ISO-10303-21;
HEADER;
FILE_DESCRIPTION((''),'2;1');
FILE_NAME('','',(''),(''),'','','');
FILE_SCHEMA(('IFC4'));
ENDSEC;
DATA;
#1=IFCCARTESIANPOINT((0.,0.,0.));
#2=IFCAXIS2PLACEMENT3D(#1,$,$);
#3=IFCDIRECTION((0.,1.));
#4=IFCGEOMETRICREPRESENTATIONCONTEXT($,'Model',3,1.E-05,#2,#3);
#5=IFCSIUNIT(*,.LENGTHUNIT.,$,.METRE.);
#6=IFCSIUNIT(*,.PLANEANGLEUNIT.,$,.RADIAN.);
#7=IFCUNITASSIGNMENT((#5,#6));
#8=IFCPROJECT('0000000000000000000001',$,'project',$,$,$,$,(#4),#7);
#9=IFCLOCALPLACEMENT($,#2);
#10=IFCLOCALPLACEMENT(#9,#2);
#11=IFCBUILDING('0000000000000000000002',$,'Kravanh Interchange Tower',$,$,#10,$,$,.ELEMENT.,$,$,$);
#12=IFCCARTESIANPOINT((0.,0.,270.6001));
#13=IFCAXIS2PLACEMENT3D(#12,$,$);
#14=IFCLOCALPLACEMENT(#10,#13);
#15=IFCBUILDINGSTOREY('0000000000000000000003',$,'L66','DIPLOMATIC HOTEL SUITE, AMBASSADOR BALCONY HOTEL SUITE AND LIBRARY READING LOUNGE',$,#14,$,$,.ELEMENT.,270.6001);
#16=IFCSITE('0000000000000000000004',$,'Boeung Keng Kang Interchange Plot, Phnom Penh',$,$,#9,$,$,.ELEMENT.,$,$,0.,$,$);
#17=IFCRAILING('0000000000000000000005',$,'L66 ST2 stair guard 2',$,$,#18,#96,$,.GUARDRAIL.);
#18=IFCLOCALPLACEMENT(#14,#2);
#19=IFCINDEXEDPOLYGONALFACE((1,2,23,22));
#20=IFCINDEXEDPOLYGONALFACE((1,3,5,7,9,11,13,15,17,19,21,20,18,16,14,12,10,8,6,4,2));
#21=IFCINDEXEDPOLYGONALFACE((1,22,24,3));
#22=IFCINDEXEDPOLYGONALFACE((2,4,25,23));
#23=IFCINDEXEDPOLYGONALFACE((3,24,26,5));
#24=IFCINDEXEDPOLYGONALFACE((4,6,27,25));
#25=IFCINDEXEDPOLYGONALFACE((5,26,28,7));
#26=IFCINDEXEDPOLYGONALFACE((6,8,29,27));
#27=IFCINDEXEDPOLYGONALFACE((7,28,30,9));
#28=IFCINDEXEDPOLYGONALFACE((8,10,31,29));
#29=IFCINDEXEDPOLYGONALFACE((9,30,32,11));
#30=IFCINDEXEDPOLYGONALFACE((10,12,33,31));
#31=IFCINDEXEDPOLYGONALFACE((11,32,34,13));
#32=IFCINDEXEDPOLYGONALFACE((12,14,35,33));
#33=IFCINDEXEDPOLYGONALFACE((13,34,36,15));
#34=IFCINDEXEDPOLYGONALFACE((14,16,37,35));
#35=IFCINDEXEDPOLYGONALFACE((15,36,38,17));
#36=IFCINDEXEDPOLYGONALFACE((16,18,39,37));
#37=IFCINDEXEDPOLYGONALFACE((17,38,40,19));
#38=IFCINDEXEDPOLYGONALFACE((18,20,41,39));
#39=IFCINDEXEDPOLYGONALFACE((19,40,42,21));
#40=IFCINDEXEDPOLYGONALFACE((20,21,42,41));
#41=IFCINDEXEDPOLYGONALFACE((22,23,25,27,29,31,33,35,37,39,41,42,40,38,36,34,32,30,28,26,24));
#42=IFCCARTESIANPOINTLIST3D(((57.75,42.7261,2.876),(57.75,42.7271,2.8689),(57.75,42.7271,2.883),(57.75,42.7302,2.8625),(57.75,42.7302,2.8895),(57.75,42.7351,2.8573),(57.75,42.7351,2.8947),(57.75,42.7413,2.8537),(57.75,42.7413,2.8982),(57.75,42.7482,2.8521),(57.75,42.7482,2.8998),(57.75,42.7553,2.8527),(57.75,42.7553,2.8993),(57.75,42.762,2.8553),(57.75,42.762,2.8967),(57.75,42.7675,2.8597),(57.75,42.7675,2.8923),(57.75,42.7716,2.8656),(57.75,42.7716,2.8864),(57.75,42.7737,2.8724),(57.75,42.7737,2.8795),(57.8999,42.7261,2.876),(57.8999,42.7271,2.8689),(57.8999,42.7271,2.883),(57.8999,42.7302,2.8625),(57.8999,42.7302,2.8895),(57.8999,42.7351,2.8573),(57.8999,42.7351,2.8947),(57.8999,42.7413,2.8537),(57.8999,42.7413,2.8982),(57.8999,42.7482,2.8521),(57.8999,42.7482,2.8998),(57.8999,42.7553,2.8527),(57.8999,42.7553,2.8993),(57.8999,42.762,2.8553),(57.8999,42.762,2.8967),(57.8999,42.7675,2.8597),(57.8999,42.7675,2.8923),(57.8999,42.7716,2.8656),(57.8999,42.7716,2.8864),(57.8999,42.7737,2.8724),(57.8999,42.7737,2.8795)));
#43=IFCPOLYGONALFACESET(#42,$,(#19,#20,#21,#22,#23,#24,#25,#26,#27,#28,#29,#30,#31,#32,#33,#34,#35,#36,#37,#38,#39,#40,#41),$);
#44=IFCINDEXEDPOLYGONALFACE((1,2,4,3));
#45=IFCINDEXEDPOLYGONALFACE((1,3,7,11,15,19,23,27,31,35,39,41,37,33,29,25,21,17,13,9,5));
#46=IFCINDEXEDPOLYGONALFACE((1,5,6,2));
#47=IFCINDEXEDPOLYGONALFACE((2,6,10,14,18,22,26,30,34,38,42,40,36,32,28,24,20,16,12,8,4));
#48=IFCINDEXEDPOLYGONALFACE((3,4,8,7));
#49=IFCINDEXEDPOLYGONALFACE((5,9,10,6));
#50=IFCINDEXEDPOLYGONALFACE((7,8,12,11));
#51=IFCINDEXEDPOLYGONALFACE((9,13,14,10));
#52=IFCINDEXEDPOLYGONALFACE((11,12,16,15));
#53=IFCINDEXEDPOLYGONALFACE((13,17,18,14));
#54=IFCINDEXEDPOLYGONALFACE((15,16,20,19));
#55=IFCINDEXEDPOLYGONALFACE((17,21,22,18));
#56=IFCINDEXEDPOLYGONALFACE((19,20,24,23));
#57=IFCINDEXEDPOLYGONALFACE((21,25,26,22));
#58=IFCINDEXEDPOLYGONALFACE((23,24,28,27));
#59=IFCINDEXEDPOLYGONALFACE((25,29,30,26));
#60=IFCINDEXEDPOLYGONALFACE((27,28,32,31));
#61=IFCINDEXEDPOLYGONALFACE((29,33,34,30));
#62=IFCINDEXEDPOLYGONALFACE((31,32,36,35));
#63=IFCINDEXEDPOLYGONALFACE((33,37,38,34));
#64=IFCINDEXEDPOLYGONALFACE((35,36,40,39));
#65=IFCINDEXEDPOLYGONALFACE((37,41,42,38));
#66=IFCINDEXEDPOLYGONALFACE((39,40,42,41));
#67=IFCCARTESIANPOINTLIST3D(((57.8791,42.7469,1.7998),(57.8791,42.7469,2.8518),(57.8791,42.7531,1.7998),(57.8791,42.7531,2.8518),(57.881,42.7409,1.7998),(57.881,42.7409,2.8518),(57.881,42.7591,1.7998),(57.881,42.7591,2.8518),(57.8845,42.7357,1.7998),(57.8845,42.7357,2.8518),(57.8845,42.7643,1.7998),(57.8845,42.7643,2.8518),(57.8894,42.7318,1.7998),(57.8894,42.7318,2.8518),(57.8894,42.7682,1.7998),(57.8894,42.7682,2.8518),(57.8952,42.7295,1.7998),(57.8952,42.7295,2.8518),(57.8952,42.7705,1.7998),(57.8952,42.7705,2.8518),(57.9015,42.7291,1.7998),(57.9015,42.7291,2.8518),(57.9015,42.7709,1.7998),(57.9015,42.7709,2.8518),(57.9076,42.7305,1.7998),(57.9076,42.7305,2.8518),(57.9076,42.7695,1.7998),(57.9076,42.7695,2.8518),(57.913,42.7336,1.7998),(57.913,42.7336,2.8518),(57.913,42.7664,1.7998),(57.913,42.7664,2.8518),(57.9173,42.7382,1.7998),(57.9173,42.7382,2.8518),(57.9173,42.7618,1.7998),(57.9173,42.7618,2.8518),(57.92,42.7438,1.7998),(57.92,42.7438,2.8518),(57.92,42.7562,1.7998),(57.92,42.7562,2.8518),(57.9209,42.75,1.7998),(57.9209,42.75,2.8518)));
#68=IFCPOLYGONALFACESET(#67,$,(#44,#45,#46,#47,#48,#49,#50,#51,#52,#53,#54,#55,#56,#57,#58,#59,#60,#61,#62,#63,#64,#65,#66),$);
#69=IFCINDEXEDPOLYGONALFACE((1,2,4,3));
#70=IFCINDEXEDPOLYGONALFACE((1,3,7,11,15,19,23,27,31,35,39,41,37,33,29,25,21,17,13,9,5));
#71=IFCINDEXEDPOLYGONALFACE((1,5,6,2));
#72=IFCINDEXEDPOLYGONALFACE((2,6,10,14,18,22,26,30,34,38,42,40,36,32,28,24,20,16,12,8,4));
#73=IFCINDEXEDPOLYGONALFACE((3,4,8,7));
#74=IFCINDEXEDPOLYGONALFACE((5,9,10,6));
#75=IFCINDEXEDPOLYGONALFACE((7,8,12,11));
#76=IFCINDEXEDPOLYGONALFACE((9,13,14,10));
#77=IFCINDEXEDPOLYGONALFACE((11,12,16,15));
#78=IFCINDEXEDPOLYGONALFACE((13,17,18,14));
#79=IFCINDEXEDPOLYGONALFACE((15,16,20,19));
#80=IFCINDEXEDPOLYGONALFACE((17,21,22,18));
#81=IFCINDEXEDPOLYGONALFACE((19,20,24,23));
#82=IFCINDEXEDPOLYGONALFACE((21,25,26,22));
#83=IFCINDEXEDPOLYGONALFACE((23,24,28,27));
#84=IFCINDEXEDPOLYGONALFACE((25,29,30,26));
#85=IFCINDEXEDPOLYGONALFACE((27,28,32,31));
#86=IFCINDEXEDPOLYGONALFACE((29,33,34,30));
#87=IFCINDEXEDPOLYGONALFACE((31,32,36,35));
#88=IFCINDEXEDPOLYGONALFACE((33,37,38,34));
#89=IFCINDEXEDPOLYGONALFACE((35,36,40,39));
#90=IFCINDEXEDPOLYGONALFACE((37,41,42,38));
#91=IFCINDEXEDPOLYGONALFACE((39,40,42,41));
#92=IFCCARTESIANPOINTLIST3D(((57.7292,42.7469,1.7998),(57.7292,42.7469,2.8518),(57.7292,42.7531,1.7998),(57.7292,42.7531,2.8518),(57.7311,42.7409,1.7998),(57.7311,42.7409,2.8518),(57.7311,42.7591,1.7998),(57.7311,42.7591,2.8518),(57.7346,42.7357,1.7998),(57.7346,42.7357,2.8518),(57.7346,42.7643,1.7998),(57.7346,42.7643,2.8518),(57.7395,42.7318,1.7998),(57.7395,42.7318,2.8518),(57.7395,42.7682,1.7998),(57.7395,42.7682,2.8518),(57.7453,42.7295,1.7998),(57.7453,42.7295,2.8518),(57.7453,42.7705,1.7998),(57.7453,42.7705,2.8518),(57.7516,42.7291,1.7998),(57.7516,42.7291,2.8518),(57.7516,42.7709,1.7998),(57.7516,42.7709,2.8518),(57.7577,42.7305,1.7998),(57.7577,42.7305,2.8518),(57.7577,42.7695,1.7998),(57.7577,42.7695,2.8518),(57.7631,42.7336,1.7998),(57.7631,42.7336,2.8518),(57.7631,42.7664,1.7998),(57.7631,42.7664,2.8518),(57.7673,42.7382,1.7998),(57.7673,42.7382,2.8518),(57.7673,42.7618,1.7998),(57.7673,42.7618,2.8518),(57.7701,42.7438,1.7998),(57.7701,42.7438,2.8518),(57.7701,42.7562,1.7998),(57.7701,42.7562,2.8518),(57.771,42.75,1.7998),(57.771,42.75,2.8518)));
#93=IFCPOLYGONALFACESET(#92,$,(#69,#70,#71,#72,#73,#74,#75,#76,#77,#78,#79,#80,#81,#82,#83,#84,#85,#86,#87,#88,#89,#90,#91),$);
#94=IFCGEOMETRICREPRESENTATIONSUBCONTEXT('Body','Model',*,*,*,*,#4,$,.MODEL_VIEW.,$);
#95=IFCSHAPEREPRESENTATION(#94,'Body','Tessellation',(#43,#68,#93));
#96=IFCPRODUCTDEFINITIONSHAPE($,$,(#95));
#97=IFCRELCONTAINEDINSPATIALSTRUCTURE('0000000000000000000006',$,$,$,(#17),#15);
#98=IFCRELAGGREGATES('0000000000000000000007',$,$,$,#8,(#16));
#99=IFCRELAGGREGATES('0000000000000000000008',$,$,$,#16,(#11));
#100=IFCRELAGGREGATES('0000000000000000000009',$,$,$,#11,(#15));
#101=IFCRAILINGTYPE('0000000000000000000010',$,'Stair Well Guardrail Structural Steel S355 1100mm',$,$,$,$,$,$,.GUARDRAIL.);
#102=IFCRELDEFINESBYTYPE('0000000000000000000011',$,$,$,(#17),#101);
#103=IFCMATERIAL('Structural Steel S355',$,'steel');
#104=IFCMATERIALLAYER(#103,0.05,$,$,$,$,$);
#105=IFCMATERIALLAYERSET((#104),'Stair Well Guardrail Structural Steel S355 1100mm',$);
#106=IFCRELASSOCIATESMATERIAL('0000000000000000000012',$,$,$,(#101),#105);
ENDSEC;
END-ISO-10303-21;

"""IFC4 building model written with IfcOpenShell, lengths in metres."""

from ifc_helpers import new_model, si_unit, direction, frame, origin, origin_2d, place, context, subcontext, project, spatial, circle, extrude, material, layer, layer_set, type_object, element, save


model = new_model("IFC4")

# Units and contexts
model_context = context("Model", 3, precision=1e-05, world=origin(), true_north=direction((0.0, 1.0)))
body_context = subcontext(model_context, "Body", "Model", "MODEL_VIEW")
ifc_project = project(units=[si_unit("LENGTHUNIT", "METRE"), si_unit("PLANEANGLEUNIT", "RADIAN")], contexts=[model_context])

# Site, building, storey
site_placement = place(None, origin())
site = spatial("IfcSite", under=ifc_project, at=site_placement, Name="Boeung Keng Kang Interchange Plot, Phnom Penh", CompositionType="ELEMENT", RefElevation=0.0)
building_placement = place(site_placement, origin())
building = spatial("IfcBuilding", under=site, at=building_placement, Name="Kravanh Interchange Tower", CompositionType="ELEMENT")
storey_placement = place(building_placement, frame((0.0, 0.0, 270.6001)))
storey = spatial("IfcBuildingStorey", under=building, at=storey_placement, Name="L66", Description="DIPLOMATIC HOTEL SUITE, AMBASSADOR BALCONY HOTEL SUITE AND LIBRARY READING LOUNGE", CompositionType="ELEMENT", Elevation=270.6001)

# Railing
ifc_material_1 = material(Name="Structural Steel S355", Category="steel")
ifc_layer_1 = layer(ifc_material_1, 0.05)
ifc_layer_set_1 = layer_set([ifc_layer_1], Name="Stair Well Guardrail Structural Steel S355 1100mm")
railing_type_1 = type_object("IfcRailingType", Name="Stair Well Guardrail Structural Steel S355 1100mm", PredefinedType="GUARDRAIL", material=ifc_layer_set_1)
railing_1_placement = place(storey_placement, frame((57.8999, 42.75, 1.7998)))
element("IfcRailing", 1, at=railing_1_placement, inside=storey, type_object=railing_type_1, Name="L66 ST2 stair guard 2", PredefinedType="GUARDRAIL", context=body_context, shape_type="SweptSolid", body=[
    extrude(circle(Radius=0.0239, at=origin_2d()), frame((0.0, 0.0, 1.0762), z_axis=(-1.0, 0.0, 0.0), x_axis=(0.0, -1.0, 0.0)), (0.0, 0.0, 1.0), 0.1499),
    extrude(circle(Radius=0.021, at=origin_2d()), origin(), (0.0, 0.0, 1.0), 1.052),
    extrude(circle(Radius=0.021, at=origin_2d()), frame((-0.1499, 0.0, 0.0)), (0.0, 0.0, 1.0), 1.052),
])

save(model, "model.ifc")
